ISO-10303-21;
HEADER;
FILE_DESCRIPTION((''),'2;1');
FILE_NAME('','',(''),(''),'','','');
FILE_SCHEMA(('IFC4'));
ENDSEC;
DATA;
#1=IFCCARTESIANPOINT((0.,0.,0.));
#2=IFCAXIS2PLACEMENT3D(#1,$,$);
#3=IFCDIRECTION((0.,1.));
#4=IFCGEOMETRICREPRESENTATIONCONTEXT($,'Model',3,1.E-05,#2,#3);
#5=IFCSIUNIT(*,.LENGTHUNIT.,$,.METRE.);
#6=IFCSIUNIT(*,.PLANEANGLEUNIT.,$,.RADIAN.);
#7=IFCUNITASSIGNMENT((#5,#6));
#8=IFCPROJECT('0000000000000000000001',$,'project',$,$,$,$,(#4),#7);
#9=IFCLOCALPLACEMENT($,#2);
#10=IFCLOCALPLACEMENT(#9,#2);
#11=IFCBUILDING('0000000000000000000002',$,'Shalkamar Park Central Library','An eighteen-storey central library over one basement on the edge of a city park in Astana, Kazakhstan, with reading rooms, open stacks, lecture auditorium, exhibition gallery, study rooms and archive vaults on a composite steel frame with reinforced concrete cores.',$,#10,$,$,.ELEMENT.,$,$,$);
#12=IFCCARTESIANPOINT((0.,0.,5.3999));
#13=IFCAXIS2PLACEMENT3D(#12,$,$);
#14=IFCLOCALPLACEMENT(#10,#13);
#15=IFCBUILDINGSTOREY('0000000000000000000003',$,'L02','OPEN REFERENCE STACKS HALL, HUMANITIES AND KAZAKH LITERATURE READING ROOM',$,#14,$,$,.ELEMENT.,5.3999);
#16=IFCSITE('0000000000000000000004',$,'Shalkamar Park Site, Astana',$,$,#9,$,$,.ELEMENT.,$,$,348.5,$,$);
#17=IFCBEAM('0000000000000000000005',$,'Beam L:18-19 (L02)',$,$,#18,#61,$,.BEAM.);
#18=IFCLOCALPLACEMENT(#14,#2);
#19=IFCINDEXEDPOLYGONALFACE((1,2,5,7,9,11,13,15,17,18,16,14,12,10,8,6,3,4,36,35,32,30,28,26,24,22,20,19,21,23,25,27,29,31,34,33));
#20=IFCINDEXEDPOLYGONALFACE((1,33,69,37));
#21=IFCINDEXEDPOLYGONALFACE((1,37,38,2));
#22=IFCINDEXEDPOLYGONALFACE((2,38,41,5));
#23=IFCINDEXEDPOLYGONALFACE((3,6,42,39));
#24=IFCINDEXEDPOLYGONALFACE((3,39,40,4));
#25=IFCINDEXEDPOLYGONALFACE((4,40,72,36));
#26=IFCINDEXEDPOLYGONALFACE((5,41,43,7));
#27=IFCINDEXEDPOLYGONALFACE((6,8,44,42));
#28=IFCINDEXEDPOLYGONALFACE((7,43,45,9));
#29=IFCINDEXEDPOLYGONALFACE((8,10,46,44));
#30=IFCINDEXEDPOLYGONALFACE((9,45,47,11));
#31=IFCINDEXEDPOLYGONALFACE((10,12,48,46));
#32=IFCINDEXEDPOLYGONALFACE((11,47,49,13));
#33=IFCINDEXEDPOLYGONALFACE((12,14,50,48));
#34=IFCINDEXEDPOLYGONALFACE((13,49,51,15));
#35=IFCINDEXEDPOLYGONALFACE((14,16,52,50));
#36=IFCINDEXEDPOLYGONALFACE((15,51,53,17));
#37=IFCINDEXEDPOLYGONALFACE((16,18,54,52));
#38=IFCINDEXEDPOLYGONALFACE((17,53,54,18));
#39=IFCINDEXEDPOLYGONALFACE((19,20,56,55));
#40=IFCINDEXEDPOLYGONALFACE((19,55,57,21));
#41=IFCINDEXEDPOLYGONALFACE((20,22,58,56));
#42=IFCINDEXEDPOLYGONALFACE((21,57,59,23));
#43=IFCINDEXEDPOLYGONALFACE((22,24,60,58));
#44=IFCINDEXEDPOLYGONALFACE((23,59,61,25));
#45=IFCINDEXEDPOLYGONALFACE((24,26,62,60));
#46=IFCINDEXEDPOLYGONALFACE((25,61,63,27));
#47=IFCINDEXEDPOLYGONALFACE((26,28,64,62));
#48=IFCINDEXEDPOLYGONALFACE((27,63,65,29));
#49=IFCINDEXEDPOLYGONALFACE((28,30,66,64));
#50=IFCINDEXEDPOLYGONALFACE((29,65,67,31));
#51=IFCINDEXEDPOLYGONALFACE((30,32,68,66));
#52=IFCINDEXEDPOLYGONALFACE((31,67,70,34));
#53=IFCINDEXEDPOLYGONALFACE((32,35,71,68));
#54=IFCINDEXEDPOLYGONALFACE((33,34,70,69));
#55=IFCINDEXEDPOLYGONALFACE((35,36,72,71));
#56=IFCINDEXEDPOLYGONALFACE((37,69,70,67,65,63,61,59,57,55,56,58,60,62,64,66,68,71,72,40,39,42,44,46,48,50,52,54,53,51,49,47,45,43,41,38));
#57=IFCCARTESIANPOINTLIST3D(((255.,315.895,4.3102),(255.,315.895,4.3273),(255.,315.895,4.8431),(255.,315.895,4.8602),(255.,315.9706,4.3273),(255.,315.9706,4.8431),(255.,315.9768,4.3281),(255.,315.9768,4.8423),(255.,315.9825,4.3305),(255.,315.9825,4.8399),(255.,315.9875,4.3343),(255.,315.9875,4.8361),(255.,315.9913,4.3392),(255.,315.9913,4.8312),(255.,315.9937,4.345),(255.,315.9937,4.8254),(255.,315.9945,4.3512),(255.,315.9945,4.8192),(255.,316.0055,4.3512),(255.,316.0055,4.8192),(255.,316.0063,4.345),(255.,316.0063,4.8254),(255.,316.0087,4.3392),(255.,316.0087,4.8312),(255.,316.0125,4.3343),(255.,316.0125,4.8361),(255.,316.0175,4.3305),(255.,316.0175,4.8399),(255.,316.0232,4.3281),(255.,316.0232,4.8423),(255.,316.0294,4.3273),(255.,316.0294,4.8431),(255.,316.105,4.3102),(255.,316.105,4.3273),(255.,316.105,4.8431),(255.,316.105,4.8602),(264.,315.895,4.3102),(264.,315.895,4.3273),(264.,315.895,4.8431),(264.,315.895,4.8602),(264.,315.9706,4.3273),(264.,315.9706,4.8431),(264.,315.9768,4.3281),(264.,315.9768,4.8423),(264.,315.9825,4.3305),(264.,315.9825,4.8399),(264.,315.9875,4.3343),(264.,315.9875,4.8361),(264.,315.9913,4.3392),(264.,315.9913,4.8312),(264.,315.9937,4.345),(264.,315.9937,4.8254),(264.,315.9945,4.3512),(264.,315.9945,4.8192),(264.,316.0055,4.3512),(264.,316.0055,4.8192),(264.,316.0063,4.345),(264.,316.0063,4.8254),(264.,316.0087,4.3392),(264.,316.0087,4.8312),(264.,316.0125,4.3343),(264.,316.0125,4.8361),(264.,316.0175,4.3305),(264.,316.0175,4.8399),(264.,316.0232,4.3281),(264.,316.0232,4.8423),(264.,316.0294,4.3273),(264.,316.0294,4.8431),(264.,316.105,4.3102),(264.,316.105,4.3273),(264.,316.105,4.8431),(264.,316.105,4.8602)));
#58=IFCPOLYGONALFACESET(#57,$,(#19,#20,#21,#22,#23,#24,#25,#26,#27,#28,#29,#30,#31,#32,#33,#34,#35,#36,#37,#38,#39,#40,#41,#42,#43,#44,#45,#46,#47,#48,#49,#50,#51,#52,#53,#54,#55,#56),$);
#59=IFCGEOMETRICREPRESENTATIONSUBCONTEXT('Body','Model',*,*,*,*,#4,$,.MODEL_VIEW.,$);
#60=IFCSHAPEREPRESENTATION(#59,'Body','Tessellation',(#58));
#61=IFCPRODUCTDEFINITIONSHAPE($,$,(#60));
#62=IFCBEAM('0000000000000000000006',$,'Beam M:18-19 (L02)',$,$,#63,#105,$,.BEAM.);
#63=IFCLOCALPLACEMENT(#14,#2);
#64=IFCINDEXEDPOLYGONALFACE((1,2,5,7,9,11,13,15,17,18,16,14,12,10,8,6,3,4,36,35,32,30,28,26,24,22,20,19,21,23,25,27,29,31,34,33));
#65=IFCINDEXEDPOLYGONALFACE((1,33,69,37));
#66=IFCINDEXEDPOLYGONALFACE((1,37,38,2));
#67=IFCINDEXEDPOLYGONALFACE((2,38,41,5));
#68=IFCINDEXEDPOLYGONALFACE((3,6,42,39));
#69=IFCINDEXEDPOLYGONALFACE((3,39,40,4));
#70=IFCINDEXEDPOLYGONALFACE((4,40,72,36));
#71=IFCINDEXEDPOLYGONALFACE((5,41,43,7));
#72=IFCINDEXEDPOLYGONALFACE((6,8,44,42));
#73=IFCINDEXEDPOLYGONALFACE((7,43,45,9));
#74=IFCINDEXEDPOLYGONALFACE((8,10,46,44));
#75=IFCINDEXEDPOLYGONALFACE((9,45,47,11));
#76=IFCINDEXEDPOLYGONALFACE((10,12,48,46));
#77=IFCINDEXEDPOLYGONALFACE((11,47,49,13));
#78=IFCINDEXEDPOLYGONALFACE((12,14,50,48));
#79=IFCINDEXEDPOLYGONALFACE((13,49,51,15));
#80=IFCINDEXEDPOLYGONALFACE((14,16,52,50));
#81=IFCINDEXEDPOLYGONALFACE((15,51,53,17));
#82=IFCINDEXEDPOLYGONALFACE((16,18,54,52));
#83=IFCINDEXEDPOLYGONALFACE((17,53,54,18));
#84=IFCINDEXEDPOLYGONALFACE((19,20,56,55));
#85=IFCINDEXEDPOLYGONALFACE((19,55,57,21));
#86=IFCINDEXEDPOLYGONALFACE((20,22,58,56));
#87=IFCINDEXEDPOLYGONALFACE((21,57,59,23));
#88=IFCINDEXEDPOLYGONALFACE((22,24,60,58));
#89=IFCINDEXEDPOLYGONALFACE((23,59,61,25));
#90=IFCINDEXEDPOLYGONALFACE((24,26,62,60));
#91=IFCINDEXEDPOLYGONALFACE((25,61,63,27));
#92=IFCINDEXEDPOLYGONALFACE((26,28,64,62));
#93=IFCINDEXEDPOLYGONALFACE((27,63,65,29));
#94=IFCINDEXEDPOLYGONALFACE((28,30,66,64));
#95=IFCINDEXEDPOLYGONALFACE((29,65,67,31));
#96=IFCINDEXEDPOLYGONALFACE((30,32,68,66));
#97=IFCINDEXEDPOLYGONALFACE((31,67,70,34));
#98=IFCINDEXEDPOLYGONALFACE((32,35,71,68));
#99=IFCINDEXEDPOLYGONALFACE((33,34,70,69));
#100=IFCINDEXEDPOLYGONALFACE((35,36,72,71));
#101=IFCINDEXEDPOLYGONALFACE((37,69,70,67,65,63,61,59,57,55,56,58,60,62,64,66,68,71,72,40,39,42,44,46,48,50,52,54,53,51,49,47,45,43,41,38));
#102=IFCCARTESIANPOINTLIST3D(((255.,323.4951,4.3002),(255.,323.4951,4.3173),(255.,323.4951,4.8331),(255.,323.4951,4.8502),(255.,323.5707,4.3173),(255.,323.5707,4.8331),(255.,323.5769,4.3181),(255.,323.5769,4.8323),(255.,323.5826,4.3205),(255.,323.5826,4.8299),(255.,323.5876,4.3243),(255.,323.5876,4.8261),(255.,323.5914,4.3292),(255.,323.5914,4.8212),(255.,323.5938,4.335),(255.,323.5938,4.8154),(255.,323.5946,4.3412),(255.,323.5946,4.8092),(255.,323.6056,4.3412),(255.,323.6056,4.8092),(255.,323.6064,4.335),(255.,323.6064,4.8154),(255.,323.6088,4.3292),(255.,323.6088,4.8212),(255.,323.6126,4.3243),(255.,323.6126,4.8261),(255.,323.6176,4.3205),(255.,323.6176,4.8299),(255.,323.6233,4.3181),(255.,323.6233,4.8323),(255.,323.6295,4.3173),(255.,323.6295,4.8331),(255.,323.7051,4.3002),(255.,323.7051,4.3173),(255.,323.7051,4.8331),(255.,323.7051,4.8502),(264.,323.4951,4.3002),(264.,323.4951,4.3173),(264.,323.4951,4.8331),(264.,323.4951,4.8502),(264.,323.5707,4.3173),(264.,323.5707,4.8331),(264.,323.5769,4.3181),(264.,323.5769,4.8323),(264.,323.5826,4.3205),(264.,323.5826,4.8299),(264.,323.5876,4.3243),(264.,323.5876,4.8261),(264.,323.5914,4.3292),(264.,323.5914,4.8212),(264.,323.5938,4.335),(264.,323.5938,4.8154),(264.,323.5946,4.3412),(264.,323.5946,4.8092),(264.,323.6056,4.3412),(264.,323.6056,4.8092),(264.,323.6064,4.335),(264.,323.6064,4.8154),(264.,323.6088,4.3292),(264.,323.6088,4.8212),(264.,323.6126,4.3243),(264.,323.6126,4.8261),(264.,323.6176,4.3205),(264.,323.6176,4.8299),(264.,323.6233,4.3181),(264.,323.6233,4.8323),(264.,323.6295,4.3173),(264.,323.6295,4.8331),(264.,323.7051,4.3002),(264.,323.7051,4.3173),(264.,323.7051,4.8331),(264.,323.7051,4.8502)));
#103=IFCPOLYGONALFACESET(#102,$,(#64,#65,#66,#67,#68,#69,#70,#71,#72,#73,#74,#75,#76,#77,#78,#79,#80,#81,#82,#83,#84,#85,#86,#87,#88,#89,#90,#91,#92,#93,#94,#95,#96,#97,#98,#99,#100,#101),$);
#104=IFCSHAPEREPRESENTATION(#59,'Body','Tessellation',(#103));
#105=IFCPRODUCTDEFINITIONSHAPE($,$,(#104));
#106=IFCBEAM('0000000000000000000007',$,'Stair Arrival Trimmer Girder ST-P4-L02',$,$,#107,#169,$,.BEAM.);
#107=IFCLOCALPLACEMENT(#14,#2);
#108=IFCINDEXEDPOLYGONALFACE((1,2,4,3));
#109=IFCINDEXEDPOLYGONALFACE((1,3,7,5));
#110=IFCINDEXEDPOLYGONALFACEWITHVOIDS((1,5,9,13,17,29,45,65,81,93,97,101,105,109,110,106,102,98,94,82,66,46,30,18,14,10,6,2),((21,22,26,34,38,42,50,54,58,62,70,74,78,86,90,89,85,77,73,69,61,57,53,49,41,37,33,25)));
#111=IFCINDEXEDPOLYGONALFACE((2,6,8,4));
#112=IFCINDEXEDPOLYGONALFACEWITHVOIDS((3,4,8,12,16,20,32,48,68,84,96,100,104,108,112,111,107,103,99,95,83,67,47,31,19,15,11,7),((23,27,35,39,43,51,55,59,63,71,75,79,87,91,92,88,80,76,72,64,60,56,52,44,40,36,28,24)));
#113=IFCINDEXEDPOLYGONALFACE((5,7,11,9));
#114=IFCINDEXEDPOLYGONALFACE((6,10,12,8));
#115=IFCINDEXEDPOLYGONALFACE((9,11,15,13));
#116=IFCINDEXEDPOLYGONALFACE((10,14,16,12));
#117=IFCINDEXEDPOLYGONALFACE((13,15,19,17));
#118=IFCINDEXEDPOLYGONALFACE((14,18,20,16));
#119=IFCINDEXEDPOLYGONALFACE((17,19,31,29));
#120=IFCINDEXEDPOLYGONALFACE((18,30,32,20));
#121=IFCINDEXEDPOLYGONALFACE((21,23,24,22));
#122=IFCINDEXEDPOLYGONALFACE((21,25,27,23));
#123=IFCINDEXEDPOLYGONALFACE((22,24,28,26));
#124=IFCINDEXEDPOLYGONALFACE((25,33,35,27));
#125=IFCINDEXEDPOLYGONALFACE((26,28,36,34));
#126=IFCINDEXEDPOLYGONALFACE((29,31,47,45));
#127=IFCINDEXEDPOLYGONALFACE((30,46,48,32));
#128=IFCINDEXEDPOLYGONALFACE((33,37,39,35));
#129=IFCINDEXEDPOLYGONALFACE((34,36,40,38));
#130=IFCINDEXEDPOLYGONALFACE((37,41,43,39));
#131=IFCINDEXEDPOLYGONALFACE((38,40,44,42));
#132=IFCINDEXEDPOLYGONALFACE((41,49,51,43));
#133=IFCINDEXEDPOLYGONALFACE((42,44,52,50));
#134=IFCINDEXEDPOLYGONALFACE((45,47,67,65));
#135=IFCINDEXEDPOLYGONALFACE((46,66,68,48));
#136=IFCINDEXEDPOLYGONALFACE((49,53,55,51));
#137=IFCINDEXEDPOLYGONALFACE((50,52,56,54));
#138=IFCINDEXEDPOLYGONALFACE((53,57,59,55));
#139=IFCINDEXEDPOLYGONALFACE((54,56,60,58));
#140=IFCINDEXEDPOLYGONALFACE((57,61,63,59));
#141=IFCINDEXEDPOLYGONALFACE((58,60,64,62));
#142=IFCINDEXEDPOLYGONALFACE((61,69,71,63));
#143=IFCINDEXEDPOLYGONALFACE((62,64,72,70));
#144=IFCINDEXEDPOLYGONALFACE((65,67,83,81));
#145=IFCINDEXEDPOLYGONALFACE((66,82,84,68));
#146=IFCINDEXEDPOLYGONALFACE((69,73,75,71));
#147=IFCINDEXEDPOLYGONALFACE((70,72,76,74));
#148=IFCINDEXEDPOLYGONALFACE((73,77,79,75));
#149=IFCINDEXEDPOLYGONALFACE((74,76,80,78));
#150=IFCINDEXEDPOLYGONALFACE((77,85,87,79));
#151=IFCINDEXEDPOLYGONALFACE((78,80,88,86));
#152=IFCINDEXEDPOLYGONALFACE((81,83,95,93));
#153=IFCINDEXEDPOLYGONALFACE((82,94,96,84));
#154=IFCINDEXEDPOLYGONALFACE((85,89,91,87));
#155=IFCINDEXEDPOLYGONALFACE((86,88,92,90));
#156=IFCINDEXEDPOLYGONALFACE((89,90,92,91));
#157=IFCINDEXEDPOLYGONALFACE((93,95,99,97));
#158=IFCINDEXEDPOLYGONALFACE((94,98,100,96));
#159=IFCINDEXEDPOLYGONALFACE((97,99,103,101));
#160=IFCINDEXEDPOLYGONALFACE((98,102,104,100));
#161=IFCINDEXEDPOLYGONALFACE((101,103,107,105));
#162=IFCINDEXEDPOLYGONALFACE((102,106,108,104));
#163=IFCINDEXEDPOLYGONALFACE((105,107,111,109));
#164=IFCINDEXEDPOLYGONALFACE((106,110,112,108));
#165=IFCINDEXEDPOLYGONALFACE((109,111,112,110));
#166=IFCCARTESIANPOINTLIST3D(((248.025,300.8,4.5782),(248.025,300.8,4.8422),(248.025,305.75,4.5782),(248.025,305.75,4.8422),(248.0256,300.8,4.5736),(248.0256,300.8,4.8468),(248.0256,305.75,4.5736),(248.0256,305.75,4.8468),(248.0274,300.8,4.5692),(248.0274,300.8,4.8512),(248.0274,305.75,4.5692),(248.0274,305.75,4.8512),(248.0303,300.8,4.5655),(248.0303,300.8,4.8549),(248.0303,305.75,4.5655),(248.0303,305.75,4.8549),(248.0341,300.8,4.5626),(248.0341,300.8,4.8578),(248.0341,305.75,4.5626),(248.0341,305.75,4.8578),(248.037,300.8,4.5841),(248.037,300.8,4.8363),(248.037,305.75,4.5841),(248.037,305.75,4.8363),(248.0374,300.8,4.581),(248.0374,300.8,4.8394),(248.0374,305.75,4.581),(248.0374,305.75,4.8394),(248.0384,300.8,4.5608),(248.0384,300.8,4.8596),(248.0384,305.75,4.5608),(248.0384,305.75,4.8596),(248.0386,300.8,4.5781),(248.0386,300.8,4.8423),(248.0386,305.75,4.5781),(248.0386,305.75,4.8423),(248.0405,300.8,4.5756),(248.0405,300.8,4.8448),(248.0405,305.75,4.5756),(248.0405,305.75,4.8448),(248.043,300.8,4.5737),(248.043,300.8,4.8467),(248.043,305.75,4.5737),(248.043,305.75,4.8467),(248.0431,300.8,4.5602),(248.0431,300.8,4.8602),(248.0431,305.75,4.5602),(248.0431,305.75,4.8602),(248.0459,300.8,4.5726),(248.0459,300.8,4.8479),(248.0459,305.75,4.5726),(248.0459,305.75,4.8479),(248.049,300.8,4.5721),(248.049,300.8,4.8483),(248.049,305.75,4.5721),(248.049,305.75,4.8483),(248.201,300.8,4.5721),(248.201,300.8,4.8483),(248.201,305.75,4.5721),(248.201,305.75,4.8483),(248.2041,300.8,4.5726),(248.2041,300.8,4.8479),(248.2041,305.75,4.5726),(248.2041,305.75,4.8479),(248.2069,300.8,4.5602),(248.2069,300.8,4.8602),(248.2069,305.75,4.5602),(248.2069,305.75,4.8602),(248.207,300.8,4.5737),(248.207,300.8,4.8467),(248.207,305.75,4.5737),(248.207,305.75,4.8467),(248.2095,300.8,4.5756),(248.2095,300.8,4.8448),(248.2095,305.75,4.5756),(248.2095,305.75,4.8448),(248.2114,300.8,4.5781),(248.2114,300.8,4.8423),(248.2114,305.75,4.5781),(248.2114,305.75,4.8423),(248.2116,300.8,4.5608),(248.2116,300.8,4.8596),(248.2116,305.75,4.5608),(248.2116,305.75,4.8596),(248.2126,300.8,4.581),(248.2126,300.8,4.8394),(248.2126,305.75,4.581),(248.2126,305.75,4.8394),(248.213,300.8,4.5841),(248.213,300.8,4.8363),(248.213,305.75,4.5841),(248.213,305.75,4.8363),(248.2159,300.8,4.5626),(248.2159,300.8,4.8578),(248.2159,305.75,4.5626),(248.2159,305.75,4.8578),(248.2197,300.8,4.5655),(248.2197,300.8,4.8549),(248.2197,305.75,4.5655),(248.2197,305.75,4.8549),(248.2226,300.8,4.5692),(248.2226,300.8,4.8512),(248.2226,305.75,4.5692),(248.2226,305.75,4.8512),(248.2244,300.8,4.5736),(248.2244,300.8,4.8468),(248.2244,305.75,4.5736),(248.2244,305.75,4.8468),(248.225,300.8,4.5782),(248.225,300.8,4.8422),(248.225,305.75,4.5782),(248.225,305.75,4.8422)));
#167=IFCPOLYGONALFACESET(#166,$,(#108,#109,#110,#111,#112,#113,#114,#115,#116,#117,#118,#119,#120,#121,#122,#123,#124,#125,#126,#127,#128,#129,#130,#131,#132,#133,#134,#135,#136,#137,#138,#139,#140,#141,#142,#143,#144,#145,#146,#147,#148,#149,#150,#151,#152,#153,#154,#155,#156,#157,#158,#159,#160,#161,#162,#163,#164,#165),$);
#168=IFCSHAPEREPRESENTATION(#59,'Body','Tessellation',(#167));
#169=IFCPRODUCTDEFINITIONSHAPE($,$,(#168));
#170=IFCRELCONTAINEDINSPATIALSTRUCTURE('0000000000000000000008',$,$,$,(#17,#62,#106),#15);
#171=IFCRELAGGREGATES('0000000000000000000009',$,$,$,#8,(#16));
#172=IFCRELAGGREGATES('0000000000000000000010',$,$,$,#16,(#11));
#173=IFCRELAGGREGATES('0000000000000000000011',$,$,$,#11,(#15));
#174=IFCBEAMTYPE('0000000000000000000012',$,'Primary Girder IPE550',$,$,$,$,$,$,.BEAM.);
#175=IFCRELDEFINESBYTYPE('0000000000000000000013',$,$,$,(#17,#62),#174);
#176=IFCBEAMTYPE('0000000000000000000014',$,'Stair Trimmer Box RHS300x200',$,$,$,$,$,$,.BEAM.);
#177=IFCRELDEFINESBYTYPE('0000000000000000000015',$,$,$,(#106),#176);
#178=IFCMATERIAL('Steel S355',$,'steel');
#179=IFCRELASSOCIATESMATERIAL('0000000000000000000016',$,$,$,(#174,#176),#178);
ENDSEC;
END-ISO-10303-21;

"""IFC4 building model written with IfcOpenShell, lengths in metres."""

from ifc_helpers import new_model, si_unit, direction, frame, origin, origin_2d, place, context, subcontext, project, spatial, hollow_rectangle, i_section, extrude, material, material_profile, profile_set, type_object, element, save


model = new_model("IFC4")

# Units and contexts
model_context = context("Model", 3, precision=1e-05, world=origin(), true_north=direction((0.0, 1.0)))
body_context = subcontext(model_context, "Body", "Model", "MODEL_VIEW")
ifc_project = project(units=[si_unit("LENGTHUNIT", "METRE"), si_unit("PLANEANGLEUNIT", "RADIAN")], contexts=[model_context])

# Site, building, storey
site_placement = place(None, origin())
site = spatial("IfcSite", under=ifc_project, at=site_placement, Name="Shalkamar Park Site, Astana", CompositionType="ELEMENT", RefElevation=348.5)
building_placement = place(site_placement, origin())
building = spatial("IfcBuilding", under=site, at=building_placement, Name="Shalkamar Park Central Library", Description="An eighteen-storey central library over one basement on the edge of a city park in Astana, Kazakhstan, with reading rooms, open stacks, lecture auditorium, exhibition gallery, study rooms and archive vaults on a composite steel frame with reinforced concrete cores.", CompositionType="ELEMENT")
storey_placement = place(building_placement, frame((0.0, 0.0, 5.3999)))
storey = spatial("IfcBuildingStorey", under=building, at=storey_placement, Name="L02", Description="OPEN REFERENCE STACKS HALL, HUMANITIES AND KAZAKH LITERATURE READING ROOM", CompositionType="ELEMENT", Elevation=5.3999)

# Shared definitions
ifc_material_1 = material(Name="Steel S355", Category="steel")

# Beams
ifc_material_profile_1 = material_profile(ifc_material_1, i_section(OverallWidth=0.21, OverallDepth=0.55, WebThickness=0.011, FlangeThickness=0.0171, FilletRadius=0.0239, at=origin_2d()), Name="IPE 550")
ifc_profile_set_1 = profile_set([ifc_material_profile_1], Name="Steel S355")
beam_type_1 = type_object("IfcBeamType", Name="Primary Girder IPE550", PredefinedType="BEAM", material=ifc_profile_set_1)
for number, where, z_axis, x_axis, name in (
    (1, (255.0, 316.0, 4.5852), (1.0, 0.0, 0.0), (0.0, 1.0, 0.0), "Beam L:18-19 (L02)"),
    (2, (255.0, 323.6001, 4.5752), (1.0, 0.0, 0.0), (0.0, 1.0, 0.0), "Beam M:18-19 (L02)"),
):
    element("IfcBeam", number, at=place(storey_placement, frame(where, z_axis=z_axis, x_axis=x_axis)), inside=storey, type_object=beam_type_1, Name=name, PredefinedType="BEAM", context=body_context, shape_type="SweptSolid", body=[
        extrude(i_section(OverallWidth=0.21, OverallDepth=0.55, WebThickness=0.011, FlangeThickness=0.0171, FilletRadius=0.0239, at=origin_2d()), origin(), (0.0, 0.0, 1.0), 9.0),
    ])
ifc_material_profile_2 = material_profile(ifc_material_1, hollow_rectangle(XDim=0.2, YDim=0.3, WallThickness=0.012, InnerFilletRadius=0.012, OuterFilletRadius=0.0181, at=origin_2d()), Name="RHS 300x200x12")
ifc_profile_set_2 = profile_set([ifc_material_profile_2], Name="Steel S355")
beam_type_2 = type_object("IfcBeamType", Name="Stair Trimmer Box RHS300x200", PredefinedType="BEAM", material=ifc_profile_set_2)
beam_1_placement = place(storey_placement, frame((248.125, 300.8, 4.7102), z_axis=(0.0, 1.0, 0.0), x_axis=(-1.0, 0.0, 0.0)))
element("IfcBeam", 3, at=beam_1_placement, inside=storey, type_object=beam_type_2, Name="Stair Arrival Trimmer Girder ST-P4-L02", PredefinedType="BEAM", context=body_context, shape_type="SweptSolid", body=[
    extrude(hollow_rectangle(XDim=0.2, YDim=0.3, WallThickness=0.012, InnerFilletRadius=0.012, OuterFilletRadius=0.0181, at=origin_2d()), origin(), (0.0, 0.0, 1.0), 4.95),
])

save(model, "model.ifc")
